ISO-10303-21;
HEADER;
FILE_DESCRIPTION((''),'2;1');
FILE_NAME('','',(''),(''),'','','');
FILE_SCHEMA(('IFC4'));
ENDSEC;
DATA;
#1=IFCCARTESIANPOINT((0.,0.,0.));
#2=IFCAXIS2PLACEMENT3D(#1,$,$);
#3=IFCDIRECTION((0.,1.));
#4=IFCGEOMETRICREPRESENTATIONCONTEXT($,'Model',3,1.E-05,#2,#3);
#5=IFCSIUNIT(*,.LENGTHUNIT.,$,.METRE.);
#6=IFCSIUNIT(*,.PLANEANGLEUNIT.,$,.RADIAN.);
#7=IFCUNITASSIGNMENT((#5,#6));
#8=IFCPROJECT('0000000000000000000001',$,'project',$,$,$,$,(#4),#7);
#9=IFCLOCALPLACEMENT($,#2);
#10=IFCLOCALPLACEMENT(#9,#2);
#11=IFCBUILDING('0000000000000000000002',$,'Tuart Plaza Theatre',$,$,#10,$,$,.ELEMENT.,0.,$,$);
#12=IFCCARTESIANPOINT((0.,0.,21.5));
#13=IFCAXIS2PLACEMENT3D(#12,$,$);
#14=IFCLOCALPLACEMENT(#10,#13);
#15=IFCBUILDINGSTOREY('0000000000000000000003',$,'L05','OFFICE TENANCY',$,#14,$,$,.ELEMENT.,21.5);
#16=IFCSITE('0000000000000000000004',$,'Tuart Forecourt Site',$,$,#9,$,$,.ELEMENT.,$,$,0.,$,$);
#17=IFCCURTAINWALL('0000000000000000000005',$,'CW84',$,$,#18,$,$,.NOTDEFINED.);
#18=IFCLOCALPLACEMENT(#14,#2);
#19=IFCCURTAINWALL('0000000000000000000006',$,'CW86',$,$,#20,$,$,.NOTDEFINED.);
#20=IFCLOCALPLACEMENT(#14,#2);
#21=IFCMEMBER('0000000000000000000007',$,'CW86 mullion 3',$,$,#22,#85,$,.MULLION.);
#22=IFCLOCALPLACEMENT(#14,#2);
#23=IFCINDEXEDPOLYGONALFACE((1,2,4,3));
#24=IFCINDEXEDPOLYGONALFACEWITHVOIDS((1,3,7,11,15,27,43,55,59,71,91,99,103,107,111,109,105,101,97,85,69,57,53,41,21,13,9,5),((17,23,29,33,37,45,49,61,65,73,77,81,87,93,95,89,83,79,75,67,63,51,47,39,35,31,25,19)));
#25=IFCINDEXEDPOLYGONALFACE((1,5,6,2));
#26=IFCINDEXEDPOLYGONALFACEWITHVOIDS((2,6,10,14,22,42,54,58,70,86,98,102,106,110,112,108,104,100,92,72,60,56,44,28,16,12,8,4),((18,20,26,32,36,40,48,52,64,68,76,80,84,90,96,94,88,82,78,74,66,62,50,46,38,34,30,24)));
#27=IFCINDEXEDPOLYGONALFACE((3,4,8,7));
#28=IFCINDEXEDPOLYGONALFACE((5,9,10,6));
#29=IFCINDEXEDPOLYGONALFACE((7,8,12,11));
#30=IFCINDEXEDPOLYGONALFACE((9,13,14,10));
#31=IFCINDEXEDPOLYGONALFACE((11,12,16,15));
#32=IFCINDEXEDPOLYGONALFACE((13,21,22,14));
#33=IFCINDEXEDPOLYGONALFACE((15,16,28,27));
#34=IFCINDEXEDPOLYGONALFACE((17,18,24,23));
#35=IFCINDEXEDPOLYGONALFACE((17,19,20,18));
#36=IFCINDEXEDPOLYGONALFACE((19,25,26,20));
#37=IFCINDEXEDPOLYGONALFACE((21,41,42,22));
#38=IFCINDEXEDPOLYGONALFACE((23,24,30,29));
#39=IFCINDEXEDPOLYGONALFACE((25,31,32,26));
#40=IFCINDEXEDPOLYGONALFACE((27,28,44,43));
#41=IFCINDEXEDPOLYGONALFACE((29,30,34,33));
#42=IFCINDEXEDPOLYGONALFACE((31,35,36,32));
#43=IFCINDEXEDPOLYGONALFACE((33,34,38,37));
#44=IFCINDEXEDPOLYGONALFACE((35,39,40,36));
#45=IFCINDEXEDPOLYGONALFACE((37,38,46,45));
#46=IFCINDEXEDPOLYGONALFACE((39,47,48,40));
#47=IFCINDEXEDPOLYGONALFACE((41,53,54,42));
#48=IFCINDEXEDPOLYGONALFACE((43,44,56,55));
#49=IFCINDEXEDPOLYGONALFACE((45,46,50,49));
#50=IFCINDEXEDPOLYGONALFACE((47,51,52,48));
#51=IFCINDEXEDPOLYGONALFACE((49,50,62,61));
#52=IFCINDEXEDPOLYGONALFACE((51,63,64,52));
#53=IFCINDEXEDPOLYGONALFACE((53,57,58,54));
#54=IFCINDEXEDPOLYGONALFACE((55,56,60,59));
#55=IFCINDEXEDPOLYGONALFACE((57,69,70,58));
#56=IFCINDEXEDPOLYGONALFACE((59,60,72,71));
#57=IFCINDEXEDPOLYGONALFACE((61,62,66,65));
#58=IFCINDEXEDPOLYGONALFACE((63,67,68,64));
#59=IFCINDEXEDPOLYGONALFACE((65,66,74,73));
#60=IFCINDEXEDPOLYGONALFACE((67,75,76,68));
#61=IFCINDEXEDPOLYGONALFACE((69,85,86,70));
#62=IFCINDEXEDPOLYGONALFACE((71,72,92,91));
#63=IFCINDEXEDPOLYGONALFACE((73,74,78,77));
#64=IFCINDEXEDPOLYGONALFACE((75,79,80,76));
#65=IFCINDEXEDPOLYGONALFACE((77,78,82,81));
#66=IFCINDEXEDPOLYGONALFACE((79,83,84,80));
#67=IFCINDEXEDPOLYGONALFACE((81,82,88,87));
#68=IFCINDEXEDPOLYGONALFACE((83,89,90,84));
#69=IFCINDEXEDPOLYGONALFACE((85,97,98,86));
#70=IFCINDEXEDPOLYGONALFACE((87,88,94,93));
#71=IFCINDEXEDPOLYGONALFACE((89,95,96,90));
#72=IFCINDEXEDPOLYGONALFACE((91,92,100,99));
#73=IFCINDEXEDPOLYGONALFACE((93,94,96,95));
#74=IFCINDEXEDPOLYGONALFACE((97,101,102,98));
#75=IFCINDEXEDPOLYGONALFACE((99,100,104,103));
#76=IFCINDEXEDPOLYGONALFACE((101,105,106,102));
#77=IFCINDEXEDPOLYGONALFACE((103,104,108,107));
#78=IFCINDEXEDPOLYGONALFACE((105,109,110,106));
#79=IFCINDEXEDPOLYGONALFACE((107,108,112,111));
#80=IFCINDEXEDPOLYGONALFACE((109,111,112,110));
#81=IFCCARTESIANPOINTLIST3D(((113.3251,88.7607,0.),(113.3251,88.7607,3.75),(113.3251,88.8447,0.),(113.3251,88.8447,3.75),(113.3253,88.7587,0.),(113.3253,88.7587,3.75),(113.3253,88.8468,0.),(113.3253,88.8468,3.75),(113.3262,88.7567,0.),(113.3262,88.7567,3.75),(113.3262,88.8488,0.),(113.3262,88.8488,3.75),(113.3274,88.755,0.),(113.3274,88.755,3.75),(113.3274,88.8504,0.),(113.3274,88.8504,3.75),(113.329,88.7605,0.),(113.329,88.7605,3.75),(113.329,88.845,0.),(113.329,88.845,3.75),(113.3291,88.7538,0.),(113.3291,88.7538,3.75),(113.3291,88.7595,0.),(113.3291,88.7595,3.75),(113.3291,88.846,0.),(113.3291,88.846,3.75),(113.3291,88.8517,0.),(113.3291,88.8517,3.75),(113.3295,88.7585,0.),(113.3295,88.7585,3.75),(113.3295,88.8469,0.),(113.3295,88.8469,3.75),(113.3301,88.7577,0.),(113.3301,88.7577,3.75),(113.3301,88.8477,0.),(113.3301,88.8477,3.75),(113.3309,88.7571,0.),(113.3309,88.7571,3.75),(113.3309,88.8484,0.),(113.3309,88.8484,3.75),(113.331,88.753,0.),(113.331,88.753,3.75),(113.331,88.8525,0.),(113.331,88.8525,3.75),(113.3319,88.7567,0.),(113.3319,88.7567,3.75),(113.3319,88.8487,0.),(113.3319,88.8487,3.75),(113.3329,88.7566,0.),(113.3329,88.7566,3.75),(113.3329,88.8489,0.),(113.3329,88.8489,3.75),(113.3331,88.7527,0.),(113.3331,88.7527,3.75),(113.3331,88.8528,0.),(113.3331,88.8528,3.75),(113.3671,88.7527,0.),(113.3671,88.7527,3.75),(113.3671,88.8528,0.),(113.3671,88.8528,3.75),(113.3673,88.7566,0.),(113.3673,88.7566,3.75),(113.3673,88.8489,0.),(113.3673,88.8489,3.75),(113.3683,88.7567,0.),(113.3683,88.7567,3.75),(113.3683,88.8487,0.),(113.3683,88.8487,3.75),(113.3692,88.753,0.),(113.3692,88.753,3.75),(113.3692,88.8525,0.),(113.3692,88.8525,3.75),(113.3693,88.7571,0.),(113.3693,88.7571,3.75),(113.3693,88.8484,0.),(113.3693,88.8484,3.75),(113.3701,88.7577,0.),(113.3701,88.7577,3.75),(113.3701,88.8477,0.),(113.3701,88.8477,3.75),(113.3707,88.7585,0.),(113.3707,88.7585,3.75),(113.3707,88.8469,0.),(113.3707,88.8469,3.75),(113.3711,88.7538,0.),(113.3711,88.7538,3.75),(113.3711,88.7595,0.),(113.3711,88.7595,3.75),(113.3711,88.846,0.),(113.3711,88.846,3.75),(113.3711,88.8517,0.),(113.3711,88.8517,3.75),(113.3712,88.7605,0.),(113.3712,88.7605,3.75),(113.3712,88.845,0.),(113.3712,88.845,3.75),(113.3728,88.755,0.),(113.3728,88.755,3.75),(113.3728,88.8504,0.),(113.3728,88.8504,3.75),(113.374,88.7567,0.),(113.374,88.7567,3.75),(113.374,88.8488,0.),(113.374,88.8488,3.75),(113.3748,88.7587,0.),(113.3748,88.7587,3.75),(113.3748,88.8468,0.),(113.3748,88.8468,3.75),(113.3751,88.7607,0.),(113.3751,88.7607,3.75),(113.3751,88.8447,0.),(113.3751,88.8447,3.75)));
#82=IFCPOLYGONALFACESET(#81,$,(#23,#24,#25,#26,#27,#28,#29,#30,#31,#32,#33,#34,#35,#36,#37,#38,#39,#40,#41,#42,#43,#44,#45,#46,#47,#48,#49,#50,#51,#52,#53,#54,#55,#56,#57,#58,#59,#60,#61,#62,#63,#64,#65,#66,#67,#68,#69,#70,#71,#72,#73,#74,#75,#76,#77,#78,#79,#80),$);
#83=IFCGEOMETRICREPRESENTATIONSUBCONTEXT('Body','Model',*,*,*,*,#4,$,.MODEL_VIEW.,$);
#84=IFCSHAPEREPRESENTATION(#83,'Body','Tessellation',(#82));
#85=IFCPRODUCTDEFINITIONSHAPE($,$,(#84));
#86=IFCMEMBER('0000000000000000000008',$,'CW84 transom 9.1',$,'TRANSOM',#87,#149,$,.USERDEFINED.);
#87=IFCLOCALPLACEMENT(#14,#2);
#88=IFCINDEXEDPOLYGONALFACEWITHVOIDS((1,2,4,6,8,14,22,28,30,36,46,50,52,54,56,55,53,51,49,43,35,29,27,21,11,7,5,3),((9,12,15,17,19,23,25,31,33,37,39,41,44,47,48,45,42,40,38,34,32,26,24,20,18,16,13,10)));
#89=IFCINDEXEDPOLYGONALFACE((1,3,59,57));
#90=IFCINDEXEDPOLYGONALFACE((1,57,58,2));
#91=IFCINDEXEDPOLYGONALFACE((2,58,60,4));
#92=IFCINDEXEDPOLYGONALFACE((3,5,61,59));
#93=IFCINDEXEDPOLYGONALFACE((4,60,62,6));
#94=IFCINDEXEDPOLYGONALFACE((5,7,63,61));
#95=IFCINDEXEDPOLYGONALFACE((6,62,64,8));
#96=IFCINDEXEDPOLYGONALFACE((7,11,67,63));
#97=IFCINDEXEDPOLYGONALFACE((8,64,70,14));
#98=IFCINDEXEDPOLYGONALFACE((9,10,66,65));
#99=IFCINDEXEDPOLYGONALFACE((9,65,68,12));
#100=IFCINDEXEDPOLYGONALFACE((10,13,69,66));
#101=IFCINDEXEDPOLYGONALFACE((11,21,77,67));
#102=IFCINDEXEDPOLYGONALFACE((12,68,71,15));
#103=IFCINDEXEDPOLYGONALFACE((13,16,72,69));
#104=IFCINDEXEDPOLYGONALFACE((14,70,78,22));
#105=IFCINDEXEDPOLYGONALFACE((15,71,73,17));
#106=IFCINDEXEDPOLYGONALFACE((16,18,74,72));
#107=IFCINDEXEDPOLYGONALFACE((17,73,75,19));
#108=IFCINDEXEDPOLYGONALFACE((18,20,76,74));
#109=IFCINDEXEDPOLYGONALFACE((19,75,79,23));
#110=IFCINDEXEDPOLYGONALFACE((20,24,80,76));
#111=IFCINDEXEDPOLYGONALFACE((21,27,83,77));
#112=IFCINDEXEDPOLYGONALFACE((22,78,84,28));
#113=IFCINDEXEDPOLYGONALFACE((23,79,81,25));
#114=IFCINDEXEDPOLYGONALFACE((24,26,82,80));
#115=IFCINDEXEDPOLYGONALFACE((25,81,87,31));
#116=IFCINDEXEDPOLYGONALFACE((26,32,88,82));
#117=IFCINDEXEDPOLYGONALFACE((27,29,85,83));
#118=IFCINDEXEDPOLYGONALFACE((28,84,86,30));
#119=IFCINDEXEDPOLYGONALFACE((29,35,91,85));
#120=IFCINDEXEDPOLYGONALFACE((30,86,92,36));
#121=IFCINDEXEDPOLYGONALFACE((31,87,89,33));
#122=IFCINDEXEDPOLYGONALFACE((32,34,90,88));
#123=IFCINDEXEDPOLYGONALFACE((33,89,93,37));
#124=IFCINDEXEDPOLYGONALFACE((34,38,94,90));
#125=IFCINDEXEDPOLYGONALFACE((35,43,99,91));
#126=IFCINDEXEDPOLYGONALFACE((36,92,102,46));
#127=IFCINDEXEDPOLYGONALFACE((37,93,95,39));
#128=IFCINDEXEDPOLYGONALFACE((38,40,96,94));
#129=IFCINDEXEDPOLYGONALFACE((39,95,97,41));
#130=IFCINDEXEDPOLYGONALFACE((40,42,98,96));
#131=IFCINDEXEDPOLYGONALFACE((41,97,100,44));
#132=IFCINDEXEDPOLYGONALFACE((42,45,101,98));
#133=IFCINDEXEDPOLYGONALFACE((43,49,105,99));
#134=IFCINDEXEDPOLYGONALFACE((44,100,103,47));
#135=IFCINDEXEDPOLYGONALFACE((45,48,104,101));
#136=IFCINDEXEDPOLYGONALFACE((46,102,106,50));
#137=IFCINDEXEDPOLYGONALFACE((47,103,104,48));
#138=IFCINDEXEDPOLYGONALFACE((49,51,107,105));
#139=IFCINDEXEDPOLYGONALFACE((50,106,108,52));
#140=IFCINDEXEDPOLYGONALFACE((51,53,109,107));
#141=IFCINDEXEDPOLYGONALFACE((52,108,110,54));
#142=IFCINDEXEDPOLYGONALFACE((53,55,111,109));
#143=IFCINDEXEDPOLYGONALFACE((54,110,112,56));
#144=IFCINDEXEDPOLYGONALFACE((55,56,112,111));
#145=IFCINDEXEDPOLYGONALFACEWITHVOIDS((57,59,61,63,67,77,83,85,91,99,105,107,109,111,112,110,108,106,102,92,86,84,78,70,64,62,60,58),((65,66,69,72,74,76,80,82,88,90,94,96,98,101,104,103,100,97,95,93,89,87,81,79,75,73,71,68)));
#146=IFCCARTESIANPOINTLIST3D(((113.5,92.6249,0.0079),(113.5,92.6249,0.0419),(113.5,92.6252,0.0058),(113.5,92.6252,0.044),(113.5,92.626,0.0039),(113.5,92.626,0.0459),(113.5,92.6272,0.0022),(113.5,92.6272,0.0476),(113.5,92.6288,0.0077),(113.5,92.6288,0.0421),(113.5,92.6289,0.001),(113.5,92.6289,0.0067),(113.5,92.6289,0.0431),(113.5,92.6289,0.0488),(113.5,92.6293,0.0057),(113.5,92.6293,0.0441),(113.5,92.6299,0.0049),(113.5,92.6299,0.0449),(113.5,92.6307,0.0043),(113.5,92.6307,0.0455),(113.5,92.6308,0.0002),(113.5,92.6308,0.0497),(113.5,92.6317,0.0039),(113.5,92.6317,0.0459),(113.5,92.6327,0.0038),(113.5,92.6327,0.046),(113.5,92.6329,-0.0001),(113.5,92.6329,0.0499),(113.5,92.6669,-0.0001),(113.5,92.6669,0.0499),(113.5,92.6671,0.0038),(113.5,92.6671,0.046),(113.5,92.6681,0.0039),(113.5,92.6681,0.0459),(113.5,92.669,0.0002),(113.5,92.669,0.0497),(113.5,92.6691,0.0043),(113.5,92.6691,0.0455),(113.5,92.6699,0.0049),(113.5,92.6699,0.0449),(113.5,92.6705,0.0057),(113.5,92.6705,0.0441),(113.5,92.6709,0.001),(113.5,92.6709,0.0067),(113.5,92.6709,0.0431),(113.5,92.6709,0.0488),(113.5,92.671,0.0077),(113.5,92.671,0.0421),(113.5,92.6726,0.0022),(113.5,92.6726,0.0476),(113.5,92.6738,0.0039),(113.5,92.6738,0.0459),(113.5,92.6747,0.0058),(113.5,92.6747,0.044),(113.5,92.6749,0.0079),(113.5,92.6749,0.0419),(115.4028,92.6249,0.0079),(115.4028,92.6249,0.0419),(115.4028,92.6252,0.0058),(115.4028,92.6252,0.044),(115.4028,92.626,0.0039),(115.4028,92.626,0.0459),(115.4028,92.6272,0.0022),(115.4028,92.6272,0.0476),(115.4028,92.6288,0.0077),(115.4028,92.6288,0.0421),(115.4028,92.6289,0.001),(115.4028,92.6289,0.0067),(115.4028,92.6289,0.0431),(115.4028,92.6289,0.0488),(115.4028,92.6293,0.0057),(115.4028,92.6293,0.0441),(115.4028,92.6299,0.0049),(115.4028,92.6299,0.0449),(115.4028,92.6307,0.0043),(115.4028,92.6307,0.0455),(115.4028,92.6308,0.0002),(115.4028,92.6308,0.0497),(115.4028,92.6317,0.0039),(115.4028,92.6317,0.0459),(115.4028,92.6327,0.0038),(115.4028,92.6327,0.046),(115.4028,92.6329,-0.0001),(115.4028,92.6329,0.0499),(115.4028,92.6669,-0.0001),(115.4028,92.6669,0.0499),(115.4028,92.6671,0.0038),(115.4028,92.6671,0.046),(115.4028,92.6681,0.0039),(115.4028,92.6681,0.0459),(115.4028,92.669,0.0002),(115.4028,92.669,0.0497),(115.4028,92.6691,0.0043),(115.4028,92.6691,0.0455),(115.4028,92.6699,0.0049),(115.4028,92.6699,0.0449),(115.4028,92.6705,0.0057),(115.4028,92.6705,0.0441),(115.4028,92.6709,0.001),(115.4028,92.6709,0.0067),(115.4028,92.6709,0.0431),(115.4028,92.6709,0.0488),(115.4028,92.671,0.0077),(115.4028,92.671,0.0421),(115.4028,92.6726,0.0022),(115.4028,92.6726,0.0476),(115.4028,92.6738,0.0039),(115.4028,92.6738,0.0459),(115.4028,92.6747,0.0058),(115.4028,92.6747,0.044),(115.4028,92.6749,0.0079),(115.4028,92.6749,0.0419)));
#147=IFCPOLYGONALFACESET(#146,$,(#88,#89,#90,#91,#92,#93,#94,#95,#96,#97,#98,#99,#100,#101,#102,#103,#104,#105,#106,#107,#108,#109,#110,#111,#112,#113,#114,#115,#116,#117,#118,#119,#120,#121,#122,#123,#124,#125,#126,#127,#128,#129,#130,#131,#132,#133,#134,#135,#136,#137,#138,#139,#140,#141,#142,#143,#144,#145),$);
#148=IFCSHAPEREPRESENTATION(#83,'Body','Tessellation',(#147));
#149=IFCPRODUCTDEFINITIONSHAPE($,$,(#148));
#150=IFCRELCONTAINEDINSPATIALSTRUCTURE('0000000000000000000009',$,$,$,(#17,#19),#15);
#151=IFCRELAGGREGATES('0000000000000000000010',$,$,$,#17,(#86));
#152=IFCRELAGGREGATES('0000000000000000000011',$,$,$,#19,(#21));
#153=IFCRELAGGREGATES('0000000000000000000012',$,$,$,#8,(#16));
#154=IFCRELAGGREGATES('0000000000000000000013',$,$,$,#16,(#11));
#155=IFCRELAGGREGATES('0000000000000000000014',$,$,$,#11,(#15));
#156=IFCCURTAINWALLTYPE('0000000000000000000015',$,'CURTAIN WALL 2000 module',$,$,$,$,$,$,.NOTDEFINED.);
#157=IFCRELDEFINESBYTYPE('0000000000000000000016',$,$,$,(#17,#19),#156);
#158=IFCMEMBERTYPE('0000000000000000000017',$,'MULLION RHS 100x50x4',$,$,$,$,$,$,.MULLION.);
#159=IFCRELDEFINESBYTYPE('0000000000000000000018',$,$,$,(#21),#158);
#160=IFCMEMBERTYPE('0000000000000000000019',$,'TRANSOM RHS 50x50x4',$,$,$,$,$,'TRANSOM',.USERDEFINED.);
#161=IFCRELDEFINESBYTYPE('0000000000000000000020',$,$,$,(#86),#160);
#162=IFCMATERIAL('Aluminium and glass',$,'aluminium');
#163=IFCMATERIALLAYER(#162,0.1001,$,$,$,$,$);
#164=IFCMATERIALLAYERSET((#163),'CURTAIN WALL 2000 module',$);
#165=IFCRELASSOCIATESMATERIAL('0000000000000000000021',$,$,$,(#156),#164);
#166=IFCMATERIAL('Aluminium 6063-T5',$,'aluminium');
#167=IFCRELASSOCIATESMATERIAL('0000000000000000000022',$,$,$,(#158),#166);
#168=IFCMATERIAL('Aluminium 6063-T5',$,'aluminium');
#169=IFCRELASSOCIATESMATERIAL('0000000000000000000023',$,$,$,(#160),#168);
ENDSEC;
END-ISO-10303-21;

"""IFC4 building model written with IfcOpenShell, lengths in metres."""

from ifc_helpers import new_model, si_unit, direction, frame, origin, origin_2d, place, context, subcontext, project, spatial, hollow_rectangle, extrude, material, layer, layer_set, material_profile, profile_set, type_object, element, aggregate, save


model = new_model("IFC4")

# Units and contexts
model_context = context("Model", 3, precision=1e-05, world=origin(), true_north=direction((0.0, 1.0)))
body_context = subcontext(model_context, "Body", "Model", "MODEL_VIEW")
ifc_project = project(units=[si_unit("LENGTHUNIT", "METRE"), si_unit("PLANEANGLEUNIT", "RADIAN")], contexts=[model_context])

# Site, building, storey
site_placement = place(None, origin())
site = spatial("IfcSite", under=ifc_project, at=site_placement, Name="Tuart Forecourt Site", CompositionType="ELEMENT", RefElevation=0.0)
building_placement = place(site_placement, origin())
building = spatial("IfcBuilding", under=site, at=building_placement, Name="Tuart Plaza Theatre", CompositionType="ELEMENT", ElevationOfRefHeight=0.0)
storey_placement = place(building_placement, frame((0.0, 0.0, 21.5)))
storey = spatial("IfcBuildingStorey", under=building, at=storey_placement, Name="L05", Description="OFFICE TENANCY", CompositionType="ELEMENT", Elevation=21.5)

# Curtain wall
ifc_material_1 = material(Name="Aluminium and glass", Category="aluminium")
ifc_layer_1 = layer(ifc_material_1, 0.1001)
ifc_layer_set_1 = layer_set([ifc_layer_1], Name="CURTAIN WALL 2000 module")
curtain_wall_type = type_object("IfcCurtainWallType", Name="CURTAIN WALL 2000 module", PredefinedType="NOTDEFINED", material=ifc_layer_set_1)
curtain_wall_1_placement = place(storey_placement, origin())
curtain_wall_1 = element("IfcCurtainWall", 1, at=curtain_wall_1_placement, inside=storey, type_object=curtain_wall_type, Name="CW84", PredefinedType="NOTDEFINED")
ifc_material_2 = material(Name="Aluminium 6063-T5", Category="aluminium")
ifc_material_profile_1 = material_profile(ifc_material_2, hollow_rectangle(XDim=0.05, YDim=0.1001, WallThickness=0.0039, InnerFilletRadius=0.0039, OuterFilletRadius=0.0081, at=origin_2d()), Name="RHS 100x50x4")
ifc_profile_set_1 = profile_set([ifc_material_profile_1], Name="Aluminium 6063-T5")
member_type_1 = type_object("IfcMemberType", Name="MULLION RHS 100x50x4", PredefinedType="MULLION", material=ifc_profile_set_1)

# Curtain wall, member
curtain_wall_2_placement = place(storey_placement, origin())
curtain_wall_2 = element("IfcCurtainWall", 2, at=curtain_wall_2_placement, inside=storey, type_object=curtain_wall_type, Name="CW86", PredefinedType="NOTDEFINED")
member_1_placement = place(storey_placement, frame((113.3501, 88.8027, 0.0), z_axis=(0.0, 0.0, 1.0), x_axis=(1.0, 0.0, 0.0)))
member_1 = element("IfcMember", 3, at=member_1_placement, type_object=member_type_1, Name="CW86 mullion 3", PredefinedType="MULLION", context=body_context, shape_type="SweptSolid", body=[
    extrude(hollow_rectangle(XDim=0.05, YDim=0.1001, WallThickness=0.0039, InnerFilletRadius=0.0039, OuterFilletRadius=0.0081, at=origin_2d()), origin(), (0.0, 0.0, 1.0), 3.75),
])

# Member
ifc_material_3 = material(Name="Aluminium 6063-T5", Category="aluminium")
ifc_material_profile_2 = material_profile(ifc_material_3, hollow_rectangle(XDim=0.05, YDim=0.05, WallThickness=0.0039, InnerFilletRadius=0.0039, OuterFilletRadius=0.0081, at=origin_2d()), Name="RHS 50x50x4")
ifc_profile_set_2 = profile_set([ifc_material_profile_2], Name="Aluminium 6063-T5")
member_type_2 = type_object("IfcMemberType", Name="TRANSOM RHS 50x50x4", ElementType="TRANSOM", PredefinedType="USERDEFINED", material=ifc_profile_set_2)
member_2_placement = place(storey_placement, frame((115.4028, 92.6499, 0.0249), z_axis=(-1.0, 0.0, 0.0), x_axis=(0.0, -1.0, 0.0)))
member_2 = element("IfcMember", 4, at=member_2_placement, type_object=member_type_2, Name="CW84 transom 9.1", ObjectType="TRANSOM", PredefinedType="USERDEFINED", context=body_context, shape_type="SweptSolid", body=[
    extrude(hollow_rectangle(XDim=0.05, YDim=0.05, WallThickness=0.0039, InnerFilletRadius=0.0039, OuterFilletRadius=0.0081, at=origin_2d()), origin(), (0.0, 0.0, 1.0), 1.9028),
])

aggregate(curtain_wall_1, [member_2])
aggregate(curtain_wall_2, [member_1])

save(model, "model.ifc")
